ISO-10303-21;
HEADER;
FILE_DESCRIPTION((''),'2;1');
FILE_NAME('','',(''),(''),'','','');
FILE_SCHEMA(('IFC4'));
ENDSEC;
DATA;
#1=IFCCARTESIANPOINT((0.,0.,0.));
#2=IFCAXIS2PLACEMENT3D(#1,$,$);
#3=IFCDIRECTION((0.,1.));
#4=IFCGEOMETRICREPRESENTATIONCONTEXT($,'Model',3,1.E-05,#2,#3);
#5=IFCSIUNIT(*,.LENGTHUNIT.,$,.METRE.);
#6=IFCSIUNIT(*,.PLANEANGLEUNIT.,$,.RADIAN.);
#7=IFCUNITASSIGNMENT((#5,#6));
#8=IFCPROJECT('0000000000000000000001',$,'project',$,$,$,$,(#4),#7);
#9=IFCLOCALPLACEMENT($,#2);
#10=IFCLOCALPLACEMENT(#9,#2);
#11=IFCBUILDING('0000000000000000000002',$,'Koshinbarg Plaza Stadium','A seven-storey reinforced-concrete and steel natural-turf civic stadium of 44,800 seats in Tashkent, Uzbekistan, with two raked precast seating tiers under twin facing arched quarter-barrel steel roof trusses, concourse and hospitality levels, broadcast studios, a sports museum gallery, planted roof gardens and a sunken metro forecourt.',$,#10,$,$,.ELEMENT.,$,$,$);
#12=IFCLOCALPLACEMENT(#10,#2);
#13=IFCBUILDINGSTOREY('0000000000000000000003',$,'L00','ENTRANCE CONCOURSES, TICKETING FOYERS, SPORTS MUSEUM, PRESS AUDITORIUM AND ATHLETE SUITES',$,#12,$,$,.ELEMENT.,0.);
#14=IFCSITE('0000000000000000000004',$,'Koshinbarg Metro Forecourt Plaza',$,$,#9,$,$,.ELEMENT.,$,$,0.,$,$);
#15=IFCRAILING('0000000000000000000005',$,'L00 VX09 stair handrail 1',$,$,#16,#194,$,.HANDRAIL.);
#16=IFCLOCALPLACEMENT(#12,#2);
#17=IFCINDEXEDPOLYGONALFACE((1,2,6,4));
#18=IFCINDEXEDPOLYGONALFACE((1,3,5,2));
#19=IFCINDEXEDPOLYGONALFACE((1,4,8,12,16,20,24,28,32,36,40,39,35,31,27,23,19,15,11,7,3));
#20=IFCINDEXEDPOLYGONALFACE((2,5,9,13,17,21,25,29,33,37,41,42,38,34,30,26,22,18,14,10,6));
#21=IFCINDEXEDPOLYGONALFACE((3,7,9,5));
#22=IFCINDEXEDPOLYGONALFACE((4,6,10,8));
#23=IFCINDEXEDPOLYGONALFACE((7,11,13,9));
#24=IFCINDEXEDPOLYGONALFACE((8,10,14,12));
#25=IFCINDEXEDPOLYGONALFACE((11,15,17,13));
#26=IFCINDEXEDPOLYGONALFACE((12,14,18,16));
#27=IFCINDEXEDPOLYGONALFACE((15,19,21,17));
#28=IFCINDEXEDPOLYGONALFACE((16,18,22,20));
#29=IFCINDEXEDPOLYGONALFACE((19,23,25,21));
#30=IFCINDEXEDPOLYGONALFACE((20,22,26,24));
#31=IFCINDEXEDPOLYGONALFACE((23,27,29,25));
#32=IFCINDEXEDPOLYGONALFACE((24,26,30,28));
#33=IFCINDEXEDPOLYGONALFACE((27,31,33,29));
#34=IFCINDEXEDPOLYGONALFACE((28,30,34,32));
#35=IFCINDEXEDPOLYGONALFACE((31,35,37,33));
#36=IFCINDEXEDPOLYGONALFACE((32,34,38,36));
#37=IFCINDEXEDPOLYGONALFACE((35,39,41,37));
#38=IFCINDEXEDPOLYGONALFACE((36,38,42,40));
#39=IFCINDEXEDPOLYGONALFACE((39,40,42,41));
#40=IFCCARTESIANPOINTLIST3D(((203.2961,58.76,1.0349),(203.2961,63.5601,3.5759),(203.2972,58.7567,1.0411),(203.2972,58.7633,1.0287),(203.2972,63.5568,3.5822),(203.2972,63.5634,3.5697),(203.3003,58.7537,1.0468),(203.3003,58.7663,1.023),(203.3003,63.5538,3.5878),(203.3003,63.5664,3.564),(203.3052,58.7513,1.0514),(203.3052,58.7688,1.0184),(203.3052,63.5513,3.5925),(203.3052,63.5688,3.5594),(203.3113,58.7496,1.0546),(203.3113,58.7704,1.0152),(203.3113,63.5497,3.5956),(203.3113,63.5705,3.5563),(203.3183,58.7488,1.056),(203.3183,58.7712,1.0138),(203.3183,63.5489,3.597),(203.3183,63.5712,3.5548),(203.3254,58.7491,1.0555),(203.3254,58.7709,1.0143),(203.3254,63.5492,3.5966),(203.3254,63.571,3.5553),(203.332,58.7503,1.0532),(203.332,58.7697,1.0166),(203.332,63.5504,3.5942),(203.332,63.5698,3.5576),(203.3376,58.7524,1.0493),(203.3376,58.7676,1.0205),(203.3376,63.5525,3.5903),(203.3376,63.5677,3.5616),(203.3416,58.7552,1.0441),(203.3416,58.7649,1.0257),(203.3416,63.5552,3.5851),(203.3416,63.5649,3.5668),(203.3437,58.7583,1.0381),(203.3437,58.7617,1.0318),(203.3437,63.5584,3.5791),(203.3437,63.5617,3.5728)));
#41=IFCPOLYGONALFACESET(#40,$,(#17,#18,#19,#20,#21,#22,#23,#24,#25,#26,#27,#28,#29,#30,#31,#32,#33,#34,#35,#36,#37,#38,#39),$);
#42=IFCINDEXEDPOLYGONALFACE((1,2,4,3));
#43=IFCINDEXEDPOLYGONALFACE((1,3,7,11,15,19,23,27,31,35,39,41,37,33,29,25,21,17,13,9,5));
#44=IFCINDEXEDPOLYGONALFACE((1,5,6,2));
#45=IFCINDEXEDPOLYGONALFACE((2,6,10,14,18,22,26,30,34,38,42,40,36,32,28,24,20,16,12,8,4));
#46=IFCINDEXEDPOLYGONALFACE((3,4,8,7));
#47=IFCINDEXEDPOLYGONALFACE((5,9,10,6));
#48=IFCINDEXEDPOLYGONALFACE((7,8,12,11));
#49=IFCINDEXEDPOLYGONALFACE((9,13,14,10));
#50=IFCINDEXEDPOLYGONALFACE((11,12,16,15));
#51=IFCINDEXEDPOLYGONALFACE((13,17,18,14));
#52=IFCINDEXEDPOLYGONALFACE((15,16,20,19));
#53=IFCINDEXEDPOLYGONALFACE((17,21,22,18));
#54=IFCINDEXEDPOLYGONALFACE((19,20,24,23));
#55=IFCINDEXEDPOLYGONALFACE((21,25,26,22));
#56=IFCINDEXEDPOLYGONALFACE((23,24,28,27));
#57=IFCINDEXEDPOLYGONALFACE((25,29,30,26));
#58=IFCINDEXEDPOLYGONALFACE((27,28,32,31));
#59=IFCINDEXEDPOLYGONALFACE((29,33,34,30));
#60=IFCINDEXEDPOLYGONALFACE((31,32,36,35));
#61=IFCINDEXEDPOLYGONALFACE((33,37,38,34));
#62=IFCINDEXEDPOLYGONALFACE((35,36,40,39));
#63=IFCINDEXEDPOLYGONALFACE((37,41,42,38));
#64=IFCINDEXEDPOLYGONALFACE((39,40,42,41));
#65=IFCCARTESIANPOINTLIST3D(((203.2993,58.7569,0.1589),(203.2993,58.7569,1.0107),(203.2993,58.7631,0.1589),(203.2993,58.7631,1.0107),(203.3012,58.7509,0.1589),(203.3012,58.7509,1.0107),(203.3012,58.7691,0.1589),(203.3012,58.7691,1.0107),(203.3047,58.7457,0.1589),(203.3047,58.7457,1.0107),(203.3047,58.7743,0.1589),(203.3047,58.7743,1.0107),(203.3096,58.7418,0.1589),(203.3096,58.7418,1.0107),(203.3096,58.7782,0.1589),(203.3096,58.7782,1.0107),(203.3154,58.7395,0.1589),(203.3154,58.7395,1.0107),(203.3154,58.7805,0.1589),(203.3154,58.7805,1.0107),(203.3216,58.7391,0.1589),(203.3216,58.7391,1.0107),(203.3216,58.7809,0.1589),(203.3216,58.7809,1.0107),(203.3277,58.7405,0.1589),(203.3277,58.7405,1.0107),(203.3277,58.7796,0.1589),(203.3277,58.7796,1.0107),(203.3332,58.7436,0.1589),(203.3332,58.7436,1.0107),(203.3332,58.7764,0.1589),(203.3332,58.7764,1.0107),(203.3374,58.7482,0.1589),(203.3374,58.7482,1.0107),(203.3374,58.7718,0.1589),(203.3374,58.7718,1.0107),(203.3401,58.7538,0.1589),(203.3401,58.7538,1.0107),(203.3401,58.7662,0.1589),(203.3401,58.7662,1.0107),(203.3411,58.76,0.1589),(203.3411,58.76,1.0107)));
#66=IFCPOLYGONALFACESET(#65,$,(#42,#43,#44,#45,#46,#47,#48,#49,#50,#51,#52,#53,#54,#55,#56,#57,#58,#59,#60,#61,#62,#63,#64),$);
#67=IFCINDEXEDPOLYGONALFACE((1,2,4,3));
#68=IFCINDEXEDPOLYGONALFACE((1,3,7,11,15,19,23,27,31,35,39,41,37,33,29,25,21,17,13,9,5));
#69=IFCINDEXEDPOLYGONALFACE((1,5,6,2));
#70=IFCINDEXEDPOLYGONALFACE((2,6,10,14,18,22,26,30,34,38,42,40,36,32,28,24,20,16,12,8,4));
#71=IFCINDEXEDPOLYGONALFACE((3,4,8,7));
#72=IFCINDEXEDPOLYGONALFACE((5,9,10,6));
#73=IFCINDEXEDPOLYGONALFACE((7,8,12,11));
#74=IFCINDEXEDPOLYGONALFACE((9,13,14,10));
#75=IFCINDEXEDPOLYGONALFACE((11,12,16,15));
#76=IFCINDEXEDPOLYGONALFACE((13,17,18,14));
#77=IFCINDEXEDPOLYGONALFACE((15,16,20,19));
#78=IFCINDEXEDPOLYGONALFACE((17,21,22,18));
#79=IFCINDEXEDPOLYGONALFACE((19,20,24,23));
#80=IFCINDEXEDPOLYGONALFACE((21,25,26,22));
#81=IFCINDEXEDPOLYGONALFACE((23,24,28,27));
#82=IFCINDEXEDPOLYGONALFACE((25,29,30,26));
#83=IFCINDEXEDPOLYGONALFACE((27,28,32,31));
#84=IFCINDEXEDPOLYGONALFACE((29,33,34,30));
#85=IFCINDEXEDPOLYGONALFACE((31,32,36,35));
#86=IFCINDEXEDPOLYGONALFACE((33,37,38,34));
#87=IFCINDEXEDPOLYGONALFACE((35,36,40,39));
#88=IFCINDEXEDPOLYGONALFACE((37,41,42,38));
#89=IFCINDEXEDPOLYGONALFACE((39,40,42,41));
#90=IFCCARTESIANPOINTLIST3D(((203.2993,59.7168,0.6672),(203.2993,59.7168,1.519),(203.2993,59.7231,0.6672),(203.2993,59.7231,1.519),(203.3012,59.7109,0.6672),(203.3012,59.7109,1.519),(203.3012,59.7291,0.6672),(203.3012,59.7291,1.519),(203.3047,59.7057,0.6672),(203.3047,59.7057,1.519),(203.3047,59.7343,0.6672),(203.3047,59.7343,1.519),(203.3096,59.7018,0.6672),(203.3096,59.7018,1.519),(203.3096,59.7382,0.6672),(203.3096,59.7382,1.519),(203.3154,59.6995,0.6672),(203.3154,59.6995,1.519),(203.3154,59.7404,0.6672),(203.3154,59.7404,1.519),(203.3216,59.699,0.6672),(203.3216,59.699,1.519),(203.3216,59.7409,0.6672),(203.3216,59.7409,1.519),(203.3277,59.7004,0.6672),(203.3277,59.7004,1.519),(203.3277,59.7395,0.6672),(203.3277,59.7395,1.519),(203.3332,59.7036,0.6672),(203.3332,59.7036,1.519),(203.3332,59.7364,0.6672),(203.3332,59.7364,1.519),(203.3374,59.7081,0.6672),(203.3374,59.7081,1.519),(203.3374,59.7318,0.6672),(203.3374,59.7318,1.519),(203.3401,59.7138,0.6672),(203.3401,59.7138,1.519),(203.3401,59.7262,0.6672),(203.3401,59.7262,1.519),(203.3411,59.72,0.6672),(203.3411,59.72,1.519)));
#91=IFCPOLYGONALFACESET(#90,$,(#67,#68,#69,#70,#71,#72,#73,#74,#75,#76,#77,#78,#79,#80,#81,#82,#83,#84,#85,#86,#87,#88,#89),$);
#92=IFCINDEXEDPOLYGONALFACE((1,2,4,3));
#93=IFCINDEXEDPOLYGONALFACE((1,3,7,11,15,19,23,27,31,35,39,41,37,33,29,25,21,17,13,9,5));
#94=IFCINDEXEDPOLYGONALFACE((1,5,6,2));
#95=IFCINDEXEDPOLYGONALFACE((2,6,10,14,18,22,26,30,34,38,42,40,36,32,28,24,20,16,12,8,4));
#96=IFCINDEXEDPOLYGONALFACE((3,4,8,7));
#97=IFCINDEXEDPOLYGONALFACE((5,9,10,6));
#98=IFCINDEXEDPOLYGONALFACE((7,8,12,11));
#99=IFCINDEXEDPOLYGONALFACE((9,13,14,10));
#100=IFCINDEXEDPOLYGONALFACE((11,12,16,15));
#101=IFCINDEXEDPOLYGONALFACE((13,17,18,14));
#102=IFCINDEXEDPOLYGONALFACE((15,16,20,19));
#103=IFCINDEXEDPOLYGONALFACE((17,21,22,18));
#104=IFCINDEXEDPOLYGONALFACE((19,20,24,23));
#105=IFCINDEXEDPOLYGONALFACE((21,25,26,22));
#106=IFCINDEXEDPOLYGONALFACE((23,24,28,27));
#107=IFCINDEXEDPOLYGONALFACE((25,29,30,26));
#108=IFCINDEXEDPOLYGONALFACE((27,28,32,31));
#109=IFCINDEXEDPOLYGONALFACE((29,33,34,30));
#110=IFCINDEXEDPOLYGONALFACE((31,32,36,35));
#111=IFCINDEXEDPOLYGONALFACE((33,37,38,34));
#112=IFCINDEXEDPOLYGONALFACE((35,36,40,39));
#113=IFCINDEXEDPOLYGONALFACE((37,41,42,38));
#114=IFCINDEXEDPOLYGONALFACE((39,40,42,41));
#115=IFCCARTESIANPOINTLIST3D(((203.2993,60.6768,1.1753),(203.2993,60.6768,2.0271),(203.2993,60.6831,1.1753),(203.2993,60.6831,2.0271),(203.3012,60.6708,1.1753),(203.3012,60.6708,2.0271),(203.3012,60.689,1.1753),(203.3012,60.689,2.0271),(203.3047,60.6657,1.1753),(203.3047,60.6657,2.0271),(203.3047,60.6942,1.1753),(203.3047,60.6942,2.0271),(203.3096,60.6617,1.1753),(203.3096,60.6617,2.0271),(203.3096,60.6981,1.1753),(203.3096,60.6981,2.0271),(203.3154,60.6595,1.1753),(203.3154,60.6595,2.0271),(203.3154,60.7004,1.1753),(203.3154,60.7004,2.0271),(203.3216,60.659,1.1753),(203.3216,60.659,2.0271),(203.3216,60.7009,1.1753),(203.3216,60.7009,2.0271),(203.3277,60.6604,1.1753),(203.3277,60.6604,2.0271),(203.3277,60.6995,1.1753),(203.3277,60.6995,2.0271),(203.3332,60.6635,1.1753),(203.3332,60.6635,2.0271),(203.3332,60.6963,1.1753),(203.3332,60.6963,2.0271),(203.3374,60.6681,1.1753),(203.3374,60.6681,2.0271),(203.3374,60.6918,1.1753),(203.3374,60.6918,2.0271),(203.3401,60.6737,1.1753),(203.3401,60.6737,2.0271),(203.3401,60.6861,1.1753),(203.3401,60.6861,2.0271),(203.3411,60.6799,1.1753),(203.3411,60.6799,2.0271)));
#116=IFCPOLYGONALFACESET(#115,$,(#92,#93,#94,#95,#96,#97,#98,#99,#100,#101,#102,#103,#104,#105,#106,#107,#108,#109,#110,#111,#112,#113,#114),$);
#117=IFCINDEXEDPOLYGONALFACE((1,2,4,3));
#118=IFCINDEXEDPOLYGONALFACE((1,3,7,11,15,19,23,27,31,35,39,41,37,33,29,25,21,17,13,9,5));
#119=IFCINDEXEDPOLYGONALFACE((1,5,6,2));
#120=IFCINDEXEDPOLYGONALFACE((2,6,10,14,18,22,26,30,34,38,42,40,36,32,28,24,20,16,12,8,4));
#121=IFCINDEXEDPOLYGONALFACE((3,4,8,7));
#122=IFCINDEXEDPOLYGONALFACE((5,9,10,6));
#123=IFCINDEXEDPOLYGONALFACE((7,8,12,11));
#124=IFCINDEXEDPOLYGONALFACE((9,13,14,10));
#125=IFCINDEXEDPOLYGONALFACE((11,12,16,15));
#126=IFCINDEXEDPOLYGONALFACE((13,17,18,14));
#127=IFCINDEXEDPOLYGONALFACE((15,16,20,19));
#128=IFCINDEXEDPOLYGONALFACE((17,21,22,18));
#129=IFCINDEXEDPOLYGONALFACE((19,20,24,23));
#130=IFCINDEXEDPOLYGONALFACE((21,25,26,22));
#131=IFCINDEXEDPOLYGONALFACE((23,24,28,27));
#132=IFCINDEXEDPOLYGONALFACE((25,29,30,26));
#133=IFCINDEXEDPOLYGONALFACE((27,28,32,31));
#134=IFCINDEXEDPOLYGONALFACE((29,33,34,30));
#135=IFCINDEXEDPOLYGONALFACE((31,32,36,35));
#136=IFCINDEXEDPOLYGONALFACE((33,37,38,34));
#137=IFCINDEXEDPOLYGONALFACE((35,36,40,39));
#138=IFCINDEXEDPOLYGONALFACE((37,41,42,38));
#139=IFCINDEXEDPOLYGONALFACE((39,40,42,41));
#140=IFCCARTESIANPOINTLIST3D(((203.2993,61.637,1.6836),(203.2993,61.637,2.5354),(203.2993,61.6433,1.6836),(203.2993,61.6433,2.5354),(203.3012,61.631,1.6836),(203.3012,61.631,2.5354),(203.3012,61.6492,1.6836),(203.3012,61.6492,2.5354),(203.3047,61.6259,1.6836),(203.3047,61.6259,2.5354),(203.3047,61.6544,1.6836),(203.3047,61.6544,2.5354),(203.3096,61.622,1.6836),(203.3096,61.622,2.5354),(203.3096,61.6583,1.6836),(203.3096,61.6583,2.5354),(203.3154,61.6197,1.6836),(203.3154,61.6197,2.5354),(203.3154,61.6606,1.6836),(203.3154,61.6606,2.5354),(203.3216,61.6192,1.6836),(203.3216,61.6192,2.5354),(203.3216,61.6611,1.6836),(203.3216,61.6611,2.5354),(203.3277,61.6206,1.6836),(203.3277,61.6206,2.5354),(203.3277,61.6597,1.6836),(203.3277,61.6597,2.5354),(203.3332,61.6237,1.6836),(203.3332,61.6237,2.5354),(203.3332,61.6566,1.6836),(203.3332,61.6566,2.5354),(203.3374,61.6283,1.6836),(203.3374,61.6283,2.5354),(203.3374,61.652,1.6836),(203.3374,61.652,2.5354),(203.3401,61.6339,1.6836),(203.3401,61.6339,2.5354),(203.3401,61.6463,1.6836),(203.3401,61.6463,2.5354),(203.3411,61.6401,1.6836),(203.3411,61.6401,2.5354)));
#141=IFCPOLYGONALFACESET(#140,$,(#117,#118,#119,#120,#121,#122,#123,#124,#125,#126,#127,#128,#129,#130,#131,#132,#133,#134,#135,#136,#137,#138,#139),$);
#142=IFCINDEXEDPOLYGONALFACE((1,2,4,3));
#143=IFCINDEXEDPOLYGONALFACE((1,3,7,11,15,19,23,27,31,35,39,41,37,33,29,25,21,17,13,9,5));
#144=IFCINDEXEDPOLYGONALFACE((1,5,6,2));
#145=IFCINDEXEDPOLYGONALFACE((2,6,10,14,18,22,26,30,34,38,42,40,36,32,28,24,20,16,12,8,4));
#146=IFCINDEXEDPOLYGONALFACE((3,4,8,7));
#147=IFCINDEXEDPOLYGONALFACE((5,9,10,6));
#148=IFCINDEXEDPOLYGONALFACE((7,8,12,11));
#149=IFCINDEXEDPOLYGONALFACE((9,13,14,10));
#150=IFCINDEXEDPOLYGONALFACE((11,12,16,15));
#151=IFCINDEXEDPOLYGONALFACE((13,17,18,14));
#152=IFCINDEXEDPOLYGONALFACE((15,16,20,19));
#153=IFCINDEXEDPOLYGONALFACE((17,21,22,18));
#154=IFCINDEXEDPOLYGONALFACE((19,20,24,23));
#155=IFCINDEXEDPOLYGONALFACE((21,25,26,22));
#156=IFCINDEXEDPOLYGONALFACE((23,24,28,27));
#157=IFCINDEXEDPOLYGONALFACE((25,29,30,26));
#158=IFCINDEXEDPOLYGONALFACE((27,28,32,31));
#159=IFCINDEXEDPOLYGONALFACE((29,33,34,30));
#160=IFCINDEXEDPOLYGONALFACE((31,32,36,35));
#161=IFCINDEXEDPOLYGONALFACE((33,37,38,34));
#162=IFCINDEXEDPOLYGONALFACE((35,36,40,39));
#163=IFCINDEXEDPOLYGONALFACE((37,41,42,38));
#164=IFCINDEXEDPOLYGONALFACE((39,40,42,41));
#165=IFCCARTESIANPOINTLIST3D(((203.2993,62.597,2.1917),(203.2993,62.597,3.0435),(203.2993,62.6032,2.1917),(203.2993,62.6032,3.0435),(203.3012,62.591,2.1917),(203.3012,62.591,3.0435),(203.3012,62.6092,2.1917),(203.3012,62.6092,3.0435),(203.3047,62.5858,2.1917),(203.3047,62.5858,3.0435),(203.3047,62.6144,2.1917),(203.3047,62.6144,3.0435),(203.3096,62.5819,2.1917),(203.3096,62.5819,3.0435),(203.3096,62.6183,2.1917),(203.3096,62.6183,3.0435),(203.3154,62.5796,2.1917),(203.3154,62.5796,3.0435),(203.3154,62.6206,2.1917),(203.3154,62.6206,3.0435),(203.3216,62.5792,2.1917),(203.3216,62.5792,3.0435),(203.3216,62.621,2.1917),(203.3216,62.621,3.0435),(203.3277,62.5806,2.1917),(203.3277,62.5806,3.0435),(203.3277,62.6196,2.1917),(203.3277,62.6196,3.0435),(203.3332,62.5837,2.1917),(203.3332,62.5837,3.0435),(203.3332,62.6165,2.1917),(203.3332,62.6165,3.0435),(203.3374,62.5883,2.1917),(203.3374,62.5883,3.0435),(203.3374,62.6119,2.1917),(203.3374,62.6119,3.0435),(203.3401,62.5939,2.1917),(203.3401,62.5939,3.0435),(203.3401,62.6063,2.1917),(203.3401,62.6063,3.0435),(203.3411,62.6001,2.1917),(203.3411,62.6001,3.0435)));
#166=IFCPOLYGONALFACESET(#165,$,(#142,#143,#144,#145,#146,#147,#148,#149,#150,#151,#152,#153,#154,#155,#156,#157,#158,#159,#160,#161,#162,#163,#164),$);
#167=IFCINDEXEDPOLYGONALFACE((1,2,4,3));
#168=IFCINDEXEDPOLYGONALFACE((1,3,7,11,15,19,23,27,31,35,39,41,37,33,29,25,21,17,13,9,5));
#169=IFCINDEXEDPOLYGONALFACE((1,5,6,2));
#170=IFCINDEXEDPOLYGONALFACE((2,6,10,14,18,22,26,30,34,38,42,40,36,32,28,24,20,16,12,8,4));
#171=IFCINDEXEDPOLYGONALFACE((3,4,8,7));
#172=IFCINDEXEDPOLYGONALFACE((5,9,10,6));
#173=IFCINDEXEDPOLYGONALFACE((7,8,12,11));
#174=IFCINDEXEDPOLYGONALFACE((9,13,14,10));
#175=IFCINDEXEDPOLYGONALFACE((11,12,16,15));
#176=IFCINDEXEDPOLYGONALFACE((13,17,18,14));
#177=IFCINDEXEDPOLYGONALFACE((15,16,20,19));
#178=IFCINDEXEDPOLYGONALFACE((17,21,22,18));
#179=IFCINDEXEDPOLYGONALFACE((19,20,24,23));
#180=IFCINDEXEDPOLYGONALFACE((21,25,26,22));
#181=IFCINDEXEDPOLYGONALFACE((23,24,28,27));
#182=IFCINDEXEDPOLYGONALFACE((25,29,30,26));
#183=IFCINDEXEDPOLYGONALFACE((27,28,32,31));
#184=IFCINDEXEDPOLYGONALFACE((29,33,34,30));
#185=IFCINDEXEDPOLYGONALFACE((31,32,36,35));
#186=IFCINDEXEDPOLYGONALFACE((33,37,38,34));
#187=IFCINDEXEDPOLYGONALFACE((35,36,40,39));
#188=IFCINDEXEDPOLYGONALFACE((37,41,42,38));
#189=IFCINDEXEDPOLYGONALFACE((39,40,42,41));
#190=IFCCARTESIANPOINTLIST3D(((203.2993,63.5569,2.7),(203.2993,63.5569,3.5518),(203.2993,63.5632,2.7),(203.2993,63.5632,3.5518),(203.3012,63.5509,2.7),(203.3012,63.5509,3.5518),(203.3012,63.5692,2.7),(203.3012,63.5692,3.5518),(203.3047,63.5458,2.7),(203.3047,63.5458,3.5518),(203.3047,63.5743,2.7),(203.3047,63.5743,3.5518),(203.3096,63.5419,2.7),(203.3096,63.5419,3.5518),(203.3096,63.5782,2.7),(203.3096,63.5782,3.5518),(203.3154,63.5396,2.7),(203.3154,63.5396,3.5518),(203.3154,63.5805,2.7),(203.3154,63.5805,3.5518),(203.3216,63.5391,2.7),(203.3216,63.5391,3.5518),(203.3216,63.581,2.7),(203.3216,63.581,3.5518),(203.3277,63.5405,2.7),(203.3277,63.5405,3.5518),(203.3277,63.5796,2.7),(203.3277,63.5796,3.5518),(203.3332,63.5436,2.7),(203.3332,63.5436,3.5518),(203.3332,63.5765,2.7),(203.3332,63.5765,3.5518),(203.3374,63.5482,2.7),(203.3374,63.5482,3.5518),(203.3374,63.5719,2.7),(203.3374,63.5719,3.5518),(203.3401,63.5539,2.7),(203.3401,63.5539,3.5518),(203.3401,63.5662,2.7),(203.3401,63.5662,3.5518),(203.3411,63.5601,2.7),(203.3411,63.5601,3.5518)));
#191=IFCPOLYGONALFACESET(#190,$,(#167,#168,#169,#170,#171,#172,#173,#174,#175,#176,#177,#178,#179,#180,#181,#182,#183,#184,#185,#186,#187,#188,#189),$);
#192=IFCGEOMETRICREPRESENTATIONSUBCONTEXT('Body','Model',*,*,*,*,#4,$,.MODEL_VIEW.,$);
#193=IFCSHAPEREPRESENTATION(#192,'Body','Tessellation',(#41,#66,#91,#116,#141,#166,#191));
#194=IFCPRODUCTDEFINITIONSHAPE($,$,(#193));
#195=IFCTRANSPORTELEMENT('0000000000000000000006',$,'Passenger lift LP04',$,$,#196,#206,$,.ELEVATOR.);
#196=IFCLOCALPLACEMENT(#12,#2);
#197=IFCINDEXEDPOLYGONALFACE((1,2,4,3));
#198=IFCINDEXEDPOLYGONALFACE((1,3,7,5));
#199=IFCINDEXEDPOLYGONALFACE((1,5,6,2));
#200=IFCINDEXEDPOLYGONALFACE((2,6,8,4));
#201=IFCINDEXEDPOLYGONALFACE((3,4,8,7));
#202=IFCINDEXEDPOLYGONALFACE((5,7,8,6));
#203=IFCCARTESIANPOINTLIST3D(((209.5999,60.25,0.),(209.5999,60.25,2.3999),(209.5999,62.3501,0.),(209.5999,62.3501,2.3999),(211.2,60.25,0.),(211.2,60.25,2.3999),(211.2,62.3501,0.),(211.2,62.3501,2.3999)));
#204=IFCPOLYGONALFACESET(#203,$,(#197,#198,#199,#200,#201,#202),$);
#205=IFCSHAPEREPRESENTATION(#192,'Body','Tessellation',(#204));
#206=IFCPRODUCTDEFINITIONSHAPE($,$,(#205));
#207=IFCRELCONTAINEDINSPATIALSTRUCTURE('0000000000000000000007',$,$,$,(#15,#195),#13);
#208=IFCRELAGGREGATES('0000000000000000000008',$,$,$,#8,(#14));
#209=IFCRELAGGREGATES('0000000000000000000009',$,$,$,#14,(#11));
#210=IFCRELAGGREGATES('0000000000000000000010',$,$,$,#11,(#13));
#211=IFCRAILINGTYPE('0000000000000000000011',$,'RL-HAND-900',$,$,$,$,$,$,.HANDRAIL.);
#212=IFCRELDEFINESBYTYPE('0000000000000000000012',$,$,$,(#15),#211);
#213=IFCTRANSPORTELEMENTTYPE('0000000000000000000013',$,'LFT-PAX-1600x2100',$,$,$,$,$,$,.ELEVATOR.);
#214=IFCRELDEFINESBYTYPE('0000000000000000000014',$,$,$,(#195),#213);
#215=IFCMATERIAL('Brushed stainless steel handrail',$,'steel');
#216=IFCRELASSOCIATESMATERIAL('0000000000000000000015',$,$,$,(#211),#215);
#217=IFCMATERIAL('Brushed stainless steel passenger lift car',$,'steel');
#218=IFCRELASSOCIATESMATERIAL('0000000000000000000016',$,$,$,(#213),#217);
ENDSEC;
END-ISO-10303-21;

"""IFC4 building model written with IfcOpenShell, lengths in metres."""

from ifc_helpers import new_model, si_unit, direction, frame, origin, origin_2d, place, context, subcontext, project, spatial, rectangle, circle, extrude, material, type_object, element, save


model = new_model("IFC4")

# Units and contexts
model_context = context("Model", 3, precision=1e-05, world=origin(), true_north=direction((0.0, 1.0)))
body_context = subcontext(model_context, "Body", "Model", "MODEL_VIEW")
ifc_project = project(units=[si_unit("LENGTHUNIT", "METRE"), si_unit("PLANEANGLEUNIT", "RADIAN")], contexts=[model_context])

# Site, building, storey
site_placement = place(None, origin())
site = spatial("IfcSite", under=ifc_project, at=site_placement, Name="Koshinbarg Metro Forecourt Plaza", CompositionType="ELEMENT", RefElevation=0.0)
building_placement = place(site_placement, origin())
building = spatial("IfcBuilding", under=site, at=building_placement, Name="Koshinbarg Plaza Stadium", Description="A seven-storey reinforced-concrete and steel natural-turf civic stadium of 44,800 seats in Tashkent, Uzbekistan, with two raked precast seating tiers under twin facing arched quarter-barrel steel roof trusses, concourse and hospitality levels, broadcast studios, a sports museum gallery, planted roof gardens and a sunken metro forecourt.", CompositionType="ELEMENT")
storey_placement = place(building_placement, origin())
storey = spatial("IfcBuildingStorey", under=building, at=storey_placement, Name="L00", Description="ENTRANCE CONCOURSES, TICKETING FOYERS, SPORTS MUSEUM, PRESS AUDITORIUM AND ATHLETE SUITES", CompositionType="ELEMENT", Elevation=0.0)

# Railing
ifc_material_1 = material(Name="Brushed stainless steel handrail", Category="steel")
railing_type_1 = type_object("IfcRailingType", Name="RL-HAND-900", PredefinedType="HANDRAIL", material=ifc_material_1)
railing_1_placement = place(storey_placement, frame((203.3201, 58.76, 0.1589)))
element("IfcRailing", 1, at=railing_1_placement, inside=storey, type_object=railing_type_1, Name="L00 VX09 stair handrail 1", PredefinedType="HANDRAIL", context=body_context, shape_type="SweptSolid", body=[
    extrude(circle(Radius=0.0239, at=origin_2d()), frame((0.0, 0.0, 0.876), z_axis=(0.0, 0.883802, 0.467861), x_axis=(-1.0, 0.0, 0.0)), (0.0, 0.0, 1.0), 5.4312),
    extrude(circle(Radius=0.021, at=origin_2d()), origin(), (0.0, 0.0, 1.0), 0.8518),
    extrude(circle(Radius=0.021, at=origin_2d()), frame((0.0, 0.96, 0.5083)), (0.0, 0.0, 1.0), 0.8518),
    extrude(circle(Radius=0.021, at=origin_2d()), frame((0.0, 1.9199, 1.0164)), (0.0, 0.0, 1.0), 0.8518),
    extrude(circle(Radius=0.021, at=origin_2d()), frame((0.0, 2.8801, 1.5247)), (0.0, 0.0, 1.0), 0.8518),
    extrude(circle(Radius=0.021, at=origin_2d()), frame((0.0, 3.8401, 2.0327)), (0.0, 0.0, 1.0), 0.8518),
    extrude(circle(Radius=0.021, at=origin_2d()), frame((0.0, 4.8, 2.541)), (0.0, 0.0, 1.0), 0.8518),
])

# Transport element
ifc_material_2 = material(Name="Brushed stainless steel passenger lift car", Category="steel")
transport_element_type = type_object("IfcTransportElementType", Name="LFT-PAX-1600x2100", PredefinedType="ELEVATOR", material=ifc_material_2)
transport_element_placement = place(storey_placement, frame((210.3999, 61.3, 0.0), z_axis=(0.0, 0.0, 1.0), x_axis=(1.0, 0.0, 0.0)))
element("IfcTransportElement", 2, at=transport_element_placement, inside=storey, type_object=transport_element_type, Name="Passenger lift LP04", PredefinedType="ELEVATOR", context=body_context, shape_type="SweptSolid", body=[
    extrude(rectangle(XDim=1.6001, YDim=2.1001, at=origin_2d()), origin(), (0.0, 0.0, 1.0), 2.3999),
])

save(model, "model.ifc")
